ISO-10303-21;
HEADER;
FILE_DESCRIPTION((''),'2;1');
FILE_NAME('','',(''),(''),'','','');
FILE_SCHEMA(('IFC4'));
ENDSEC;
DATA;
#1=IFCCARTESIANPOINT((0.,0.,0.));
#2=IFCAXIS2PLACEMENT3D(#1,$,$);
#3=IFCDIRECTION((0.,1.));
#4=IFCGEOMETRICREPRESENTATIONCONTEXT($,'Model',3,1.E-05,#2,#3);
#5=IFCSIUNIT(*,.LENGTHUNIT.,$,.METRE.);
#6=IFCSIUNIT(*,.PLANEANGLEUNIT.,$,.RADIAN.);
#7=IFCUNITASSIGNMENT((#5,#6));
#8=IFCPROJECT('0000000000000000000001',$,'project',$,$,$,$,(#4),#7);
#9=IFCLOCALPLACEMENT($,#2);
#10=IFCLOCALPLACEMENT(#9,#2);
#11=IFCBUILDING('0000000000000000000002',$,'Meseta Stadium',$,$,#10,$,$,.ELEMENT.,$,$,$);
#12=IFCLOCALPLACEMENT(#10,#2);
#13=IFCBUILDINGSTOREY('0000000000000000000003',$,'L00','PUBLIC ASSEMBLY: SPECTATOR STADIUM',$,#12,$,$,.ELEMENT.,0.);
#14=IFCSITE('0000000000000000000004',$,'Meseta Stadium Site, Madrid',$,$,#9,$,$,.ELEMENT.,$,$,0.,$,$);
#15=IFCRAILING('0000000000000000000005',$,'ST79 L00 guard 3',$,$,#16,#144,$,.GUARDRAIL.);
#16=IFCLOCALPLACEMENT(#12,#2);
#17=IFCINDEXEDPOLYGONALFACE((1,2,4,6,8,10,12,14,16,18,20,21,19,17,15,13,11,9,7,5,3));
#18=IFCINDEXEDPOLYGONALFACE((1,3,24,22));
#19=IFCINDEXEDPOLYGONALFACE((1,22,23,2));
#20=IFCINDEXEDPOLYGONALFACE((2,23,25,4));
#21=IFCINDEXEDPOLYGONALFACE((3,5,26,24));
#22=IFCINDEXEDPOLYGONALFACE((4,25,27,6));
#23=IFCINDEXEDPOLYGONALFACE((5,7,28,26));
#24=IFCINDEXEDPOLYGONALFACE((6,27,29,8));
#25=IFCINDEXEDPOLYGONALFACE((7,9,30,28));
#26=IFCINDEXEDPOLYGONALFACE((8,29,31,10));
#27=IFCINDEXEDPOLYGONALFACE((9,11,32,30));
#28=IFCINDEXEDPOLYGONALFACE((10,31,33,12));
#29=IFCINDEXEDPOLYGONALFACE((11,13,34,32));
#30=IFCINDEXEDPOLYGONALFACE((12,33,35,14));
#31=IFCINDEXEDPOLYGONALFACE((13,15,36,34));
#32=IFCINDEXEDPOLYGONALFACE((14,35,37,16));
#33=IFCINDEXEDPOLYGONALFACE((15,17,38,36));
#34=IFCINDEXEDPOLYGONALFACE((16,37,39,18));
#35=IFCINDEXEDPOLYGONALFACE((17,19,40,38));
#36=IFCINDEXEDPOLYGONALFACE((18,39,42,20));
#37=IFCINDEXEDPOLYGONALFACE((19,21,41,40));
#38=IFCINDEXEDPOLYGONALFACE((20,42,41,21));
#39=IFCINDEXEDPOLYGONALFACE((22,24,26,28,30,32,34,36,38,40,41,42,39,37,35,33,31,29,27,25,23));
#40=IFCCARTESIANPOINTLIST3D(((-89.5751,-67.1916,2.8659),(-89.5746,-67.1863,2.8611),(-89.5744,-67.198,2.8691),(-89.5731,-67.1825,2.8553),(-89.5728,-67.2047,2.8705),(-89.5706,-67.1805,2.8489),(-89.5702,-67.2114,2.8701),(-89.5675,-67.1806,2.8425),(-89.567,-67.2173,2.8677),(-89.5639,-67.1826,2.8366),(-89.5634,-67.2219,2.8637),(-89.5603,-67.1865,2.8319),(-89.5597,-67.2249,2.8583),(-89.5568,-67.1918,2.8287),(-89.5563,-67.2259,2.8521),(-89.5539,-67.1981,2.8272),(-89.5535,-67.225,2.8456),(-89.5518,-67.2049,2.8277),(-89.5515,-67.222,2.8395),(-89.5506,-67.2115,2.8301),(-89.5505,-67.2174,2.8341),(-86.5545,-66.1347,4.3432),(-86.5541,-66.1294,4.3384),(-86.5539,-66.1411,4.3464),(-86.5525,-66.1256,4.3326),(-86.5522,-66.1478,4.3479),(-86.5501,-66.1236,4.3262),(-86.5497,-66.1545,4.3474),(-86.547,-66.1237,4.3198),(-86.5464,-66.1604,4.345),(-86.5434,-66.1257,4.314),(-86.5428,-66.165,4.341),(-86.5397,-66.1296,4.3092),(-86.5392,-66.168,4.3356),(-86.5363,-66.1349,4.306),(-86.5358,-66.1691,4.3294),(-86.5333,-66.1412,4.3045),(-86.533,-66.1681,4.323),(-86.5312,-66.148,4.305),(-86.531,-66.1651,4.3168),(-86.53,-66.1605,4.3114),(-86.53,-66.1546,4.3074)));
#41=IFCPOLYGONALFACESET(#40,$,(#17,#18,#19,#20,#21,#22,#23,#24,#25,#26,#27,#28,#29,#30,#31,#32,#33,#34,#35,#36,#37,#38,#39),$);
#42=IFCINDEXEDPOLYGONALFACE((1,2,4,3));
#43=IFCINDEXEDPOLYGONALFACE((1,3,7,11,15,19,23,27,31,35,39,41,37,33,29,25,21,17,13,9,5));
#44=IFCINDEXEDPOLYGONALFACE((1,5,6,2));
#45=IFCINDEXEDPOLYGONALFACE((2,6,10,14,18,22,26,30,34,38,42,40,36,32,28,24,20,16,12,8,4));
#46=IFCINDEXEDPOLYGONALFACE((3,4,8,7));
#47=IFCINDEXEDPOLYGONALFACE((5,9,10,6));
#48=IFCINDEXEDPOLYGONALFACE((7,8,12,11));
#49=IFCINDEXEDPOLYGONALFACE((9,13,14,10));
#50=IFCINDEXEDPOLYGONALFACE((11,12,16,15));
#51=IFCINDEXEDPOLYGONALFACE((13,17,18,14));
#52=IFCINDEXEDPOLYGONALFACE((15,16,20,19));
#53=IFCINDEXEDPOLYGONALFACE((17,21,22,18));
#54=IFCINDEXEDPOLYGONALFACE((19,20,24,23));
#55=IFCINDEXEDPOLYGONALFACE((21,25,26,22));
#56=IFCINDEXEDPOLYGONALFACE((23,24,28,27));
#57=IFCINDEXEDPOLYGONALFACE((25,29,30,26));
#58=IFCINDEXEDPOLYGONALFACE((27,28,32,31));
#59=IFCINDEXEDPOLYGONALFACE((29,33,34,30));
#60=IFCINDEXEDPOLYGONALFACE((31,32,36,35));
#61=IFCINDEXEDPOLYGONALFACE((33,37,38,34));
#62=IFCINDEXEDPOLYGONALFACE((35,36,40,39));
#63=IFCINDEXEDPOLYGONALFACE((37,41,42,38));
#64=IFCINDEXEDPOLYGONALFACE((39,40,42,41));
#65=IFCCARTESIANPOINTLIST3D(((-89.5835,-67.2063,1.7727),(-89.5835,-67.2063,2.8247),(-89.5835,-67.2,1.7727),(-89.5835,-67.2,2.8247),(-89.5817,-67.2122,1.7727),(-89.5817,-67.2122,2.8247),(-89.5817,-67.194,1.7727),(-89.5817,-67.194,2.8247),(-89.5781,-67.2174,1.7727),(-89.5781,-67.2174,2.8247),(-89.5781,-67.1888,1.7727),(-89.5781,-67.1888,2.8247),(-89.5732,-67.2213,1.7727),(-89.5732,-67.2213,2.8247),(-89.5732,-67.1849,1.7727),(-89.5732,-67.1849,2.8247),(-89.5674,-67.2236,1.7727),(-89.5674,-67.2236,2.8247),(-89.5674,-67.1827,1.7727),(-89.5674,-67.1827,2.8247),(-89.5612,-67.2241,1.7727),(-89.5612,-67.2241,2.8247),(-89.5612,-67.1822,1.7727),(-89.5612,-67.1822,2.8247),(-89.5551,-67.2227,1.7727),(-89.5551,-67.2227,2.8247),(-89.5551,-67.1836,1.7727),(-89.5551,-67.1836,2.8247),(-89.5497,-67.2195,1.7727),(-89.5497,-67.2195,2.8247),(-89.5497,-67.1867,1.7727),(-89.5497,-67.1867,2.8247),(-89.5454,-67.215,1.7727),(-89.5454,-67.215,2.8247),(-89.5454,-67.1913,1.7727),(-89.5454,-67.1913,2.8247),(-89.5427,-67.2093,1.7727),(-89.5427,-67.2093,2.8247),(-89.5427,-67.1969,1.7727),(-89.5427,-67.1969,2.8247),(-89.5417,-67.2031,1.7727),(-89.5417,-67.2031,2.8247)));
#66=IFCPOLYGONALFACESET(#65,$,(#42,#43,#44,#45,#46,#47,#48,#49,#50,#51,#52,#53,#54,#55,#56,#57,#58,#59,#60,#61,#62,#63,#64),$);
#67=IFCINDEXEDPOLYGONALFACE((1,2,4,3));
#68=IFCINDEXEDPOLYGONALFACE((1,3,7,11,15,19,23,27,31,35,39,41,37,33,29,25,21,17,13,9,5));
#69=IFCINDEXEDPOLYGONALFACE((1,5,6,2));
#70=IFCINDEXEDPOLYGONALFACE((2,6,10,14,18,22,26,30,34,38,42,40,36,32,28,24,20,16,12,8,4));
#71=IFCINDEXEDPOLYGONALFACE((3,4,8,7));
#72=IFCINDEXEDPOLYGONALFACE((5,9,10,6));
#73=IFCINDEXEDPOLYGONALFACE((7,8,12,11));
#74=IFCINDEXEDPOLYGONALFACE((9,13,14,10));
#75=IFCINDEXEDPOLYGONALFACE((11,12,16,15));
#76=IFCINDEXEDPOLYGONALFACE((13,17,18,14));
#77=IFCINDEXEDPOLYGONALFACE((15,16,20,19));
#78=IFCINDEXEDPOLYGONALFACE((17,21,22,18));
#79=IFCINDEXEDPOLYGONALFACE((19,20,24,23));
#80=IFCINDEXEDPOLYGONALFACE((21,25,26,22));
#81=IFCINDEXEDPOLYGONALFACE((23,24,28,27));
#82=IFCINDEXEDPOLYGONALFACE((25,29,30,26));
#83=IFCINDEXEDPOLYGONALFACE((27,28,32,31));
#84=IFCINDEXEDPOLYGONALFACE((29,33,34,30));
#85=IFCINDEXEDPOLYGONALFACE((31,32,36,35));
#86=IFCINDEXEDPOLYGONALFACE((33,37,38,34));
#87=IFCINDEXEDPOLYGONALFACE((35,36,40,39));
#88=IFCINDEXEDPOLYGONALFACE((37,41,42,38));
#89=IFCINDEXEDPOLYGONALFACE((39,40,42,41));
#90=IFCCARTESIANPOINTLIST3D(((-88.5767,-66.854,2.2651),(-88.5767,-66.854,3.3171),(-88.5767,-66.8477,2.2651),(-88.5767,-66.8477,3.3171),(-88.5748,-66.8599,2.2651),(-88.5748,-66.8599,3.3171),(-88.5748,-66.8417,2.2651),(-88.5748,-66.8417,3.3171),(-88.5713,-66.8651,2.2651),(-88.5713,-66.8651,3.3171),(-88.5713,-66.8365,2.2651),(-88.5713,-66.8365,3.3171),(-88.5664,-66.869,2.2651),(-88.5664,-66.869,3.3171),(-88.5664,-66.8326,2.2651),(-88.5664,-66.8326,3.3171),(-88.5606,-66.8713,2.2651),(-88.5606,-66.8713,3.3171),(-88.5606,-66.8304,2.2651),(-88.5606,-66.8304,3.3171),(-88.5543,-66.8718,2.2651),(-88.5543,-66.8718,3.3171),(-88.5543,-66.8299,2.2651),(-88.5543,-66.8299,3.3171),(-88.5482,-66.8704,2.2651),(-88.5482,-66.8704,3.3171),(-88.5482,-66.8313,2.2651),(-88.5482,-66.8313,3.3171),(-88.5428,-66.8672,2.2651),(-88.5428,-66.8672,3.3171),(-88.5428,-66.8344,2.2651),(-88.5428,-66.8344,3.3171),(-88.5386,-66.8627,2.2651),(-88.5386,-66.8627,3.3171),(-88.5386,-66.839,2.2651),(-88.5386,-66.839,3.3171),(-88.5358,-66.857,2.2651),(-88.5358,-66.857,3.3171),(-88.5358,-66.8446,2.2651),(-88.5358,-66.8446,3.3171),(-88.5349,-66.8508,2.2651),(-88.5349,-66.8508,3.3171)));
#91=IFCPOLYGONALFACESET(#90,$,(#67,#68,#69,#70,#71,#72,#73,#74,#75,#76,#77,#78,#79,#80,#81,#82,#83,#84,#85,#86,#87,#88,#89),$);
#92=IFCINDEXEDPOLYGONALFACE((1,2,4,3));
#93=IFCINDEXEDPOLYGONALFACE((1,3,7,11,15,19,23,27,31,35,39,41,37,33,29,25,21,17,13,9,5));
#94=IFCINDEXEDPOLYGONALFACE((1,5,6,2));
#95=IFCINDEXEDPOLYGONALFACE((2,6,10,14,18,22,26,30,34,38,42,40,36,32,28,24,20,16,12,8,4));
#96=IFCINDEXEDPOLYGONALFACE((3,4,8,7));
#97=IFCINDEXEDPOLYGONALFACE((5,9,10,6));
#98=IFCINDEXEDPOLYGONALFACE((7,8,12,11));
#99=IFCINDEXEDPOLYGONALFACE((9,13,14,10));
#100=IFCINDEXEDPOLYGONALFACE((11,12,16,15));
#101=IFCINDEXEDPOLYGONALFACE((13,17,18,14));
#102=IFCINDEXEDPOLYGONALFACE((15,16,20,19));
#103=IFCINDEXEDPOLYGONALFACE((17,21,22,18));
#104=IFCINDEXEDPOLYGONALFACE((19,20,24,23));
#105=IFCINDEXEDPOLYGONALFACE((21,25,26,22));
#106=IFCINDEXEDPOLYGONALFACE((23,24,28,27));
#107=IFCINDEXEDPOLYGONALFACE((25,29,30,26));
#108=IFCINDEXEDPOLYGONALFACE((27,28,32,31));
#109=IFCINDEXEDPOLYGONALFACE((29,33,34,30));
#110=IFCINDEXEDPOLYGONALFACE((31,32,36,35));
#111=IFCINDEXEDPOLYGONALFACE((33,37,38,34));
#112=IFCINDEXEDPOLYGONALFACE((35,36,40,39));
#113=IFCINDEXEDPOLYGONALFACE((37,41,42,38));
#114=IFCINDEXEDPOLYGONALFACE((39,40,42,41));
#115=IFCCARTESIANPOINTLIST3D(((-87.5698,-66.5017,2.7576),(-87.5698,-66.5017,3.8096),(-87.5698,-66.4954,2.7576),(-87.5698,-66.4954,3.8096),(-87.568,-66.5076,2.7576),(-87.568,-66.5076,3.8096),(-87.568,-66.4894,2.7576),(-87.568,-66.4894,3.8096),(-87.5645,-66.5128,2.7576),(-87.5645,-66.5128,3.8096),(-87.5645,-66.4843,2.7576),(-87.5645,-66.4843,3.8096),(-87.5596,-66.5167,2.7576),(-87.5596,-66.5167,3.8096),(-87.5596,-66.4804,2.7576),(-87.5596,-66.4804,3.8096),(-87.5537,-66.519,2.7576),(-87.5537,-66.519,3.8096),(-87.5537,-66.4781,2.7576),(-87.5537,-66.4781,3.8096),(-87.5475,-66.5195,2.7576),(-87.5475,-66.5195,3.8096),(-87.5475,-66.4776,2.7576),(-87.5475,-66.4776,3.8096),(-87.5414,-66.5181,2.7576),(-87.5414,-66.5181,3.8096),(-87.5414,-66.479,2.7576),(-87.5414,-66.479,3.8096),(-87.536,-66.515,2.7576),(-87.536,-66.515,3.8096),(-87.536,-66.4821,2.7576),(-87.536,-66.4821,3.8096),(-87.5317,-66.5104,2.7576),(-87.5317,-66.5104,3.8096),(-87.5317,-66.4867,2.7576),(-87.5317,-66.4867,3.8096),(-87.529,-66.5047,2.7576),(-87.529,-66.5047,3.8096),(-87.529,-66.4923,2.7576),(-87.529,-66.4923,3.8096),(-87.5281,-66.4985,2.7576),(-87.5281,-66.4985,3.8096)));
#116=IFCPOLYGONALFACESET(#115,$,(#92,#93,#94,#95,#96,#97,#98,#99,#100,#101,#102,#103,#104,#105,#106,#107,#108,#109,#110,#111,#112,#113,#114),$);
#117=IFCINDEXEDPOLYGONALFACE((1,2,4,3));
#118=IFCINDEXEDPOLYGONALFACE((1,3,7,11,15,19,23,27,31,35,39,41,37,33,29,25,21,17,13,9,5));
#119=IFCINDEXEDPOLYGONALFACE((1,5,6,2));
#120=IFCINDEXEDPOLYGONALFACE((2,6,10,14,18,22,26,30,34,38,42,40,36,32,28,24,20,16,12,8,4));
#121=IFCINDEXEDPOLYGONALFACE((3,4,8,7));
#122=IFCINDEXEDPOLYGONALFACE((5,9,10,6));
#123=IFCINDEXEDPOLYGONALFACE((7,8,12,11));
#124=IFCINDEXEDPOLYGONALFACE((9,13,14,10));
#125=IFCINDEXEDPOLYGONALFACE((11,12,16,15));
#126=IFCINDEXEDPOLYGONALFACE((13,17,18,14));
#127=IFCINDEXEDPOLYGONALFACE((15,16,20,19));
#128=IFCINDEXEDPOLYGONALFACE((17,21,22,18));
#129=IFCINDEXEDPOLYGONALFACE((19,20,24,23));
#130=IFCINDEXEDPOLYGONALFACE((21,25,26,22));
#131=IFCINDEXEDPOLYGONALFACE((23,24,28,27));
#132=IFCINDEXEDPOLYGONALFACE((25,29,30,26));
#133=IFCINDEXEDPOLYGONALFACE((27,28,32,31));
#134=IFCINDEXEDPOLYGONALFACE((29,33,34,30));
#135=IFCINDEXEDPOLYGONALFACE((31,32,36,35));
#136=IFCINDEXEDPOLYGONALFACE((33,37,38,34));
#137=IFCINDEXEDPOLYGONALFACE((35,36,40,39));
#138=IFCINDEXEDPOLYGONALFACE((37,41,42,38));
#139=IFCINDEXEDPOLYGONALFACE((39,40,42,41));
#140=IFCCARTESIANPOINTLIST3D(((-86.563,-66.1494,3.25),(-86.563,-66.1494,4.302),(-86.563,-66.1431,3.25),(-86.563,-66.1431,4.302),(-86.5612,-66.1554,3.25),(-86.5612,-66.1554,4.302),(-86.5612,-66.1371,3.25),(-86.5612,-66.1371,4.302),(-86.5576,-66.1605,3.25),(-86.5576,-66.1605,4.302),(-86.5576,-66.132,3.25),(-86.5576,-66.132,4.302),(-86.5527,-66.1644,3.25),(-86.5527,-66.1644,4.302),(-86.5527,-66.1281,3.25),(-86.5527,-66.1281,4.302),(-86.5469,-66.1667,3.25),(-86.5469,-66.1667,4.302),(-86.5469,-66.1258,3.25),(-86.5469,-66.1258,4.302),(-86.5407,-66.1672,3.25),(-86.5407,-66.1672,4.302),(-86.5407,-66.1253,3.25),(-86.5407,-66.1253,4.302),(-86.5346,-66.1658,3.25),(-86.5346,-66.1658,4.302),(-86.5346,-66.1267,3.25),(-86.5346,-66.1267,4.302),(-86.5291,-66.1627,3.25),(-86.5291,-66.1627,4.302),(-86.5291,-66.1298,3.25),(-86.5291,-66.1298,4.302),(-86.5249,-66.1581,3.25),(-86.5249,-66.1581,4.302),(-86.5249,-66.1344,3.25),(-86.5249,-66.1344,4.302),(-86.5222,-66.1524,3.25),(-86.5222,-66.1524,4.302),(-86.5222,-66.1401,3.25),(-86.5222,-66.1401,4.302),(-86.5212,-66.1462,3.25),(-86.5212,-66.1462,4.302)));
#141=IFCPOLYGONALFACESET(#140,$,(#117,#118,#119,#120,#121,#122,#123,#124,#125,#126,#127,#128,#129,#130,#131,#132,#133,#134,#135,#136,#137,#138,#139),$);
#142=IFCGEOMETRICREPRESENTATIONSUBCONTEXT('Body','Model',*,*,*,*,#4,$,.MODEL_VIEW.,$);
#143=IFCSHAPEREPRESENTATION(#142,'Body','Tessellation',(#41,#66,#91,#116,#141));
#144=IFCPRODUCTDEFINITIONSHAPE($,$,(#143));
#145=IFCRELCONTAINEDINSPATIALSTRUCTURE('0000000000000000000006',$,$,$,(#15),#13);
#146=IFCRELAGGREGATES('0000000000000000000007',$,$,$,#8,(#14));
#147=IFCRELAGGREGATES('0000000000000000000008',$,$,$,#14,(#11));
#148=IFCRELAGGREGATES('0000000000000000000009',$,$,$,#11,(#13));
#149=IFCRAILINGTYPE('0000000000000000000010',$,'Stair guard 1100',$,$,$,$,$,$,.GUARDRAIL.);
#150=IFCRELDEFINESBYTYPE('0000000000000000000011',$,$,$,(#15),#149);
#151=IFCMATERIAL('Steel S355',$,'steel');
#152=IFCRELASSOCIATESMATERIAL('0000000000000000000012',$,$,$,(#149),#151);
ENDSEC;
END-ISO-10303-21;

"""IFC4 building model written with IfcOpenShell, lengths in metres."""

from ifc_helpers import new_model, si_unit, direction, frame, origin, origin_2d, place, context, subcontext, project, spatial, circle, extrude, material, type_object, element, save


model = new_model("IFC4")

# Units and contexts
model_context = context("Model", 3, precision=1e-05, world=origin(), true_north=direction((0.0, 1.0)))
body_context = subcontext(model_context, "Body", "Model", "MODEL_VIEW")
ifc_project = project(units=[si_unit("LENGTHUNIT", "METRE"), si_unit("PLANEANGLEUNIT", "RADIAN")], contexts=[model_context])

# Site, building, storey
site_placement = place(None, origin())
site = spatial("IfcSite", under=ifc_project, at=site_placement, Name="Meseta Stadium Site, Madrid", CompositionType="ELEMENT", RefElevation=0.0)
building_placement = place(site_placement, origin())
building = spatial("IfcBuilding", under=site, at=building_placement, Name="Meseta Stadium", CompositionType="ELEMENT")
storey_placement = place(building_placement, origin())
storey = spatial("IfcBuildingStorey", under=building, at=storey_placement, Name="L00", Description="PUBLIC ASSEMBLY: SPECTATOR STADIUM", CompositionType="ELEMENT", Elevation=0.0)

# Railing
ifc_material_1 = material(Name="Steel S355", Category="steel")
railing_type_1 = type_object("IfcRailingType", Name="Stair guard 1100", PredefinedType="GUARDRAIL", material=ifc_material_1)
railing_1_placement = place(storey_placement, frame((-89.5627, -67.2031, 1.7727)))
element("IfcRailing", 1, at=railing_1_placement, inside=storey, type_object=railing_type_1, Name="ST79 L00 guard 3", PredefinedType="GUARDRAIL", context=body_context, shape_type="SweptSolid", body=[
    extrude(circle(Radius=0.0239, at=origin_2d()), frame((0.0, 0.0, 1.0762), z_axis=(0.856977, 0.299859, 0.419137), x_axis=(-0.330269, 0.943887, 0.0)), (0.0, 0.0, 1.0), 3.5247),
    extrude(circle(Radius=0.021, at=origin_2d()), origin(), (0.0, 0.0, 1.0), 1.052),
    extrude(circle(Radius=0.021, at=origin_2d()), frame((1.0068, 0.3523, 0.4924)), (0.0, 0.0, 1.0), 1.052),
    extrude(circle(Radius=0.021, at=origin_2d()), frame((2.0137, 0.7046, 0.9849)), (0.0, 0.0, 1.0), 1.052),
    extrude(circle(Radius=0.021, at=origin_2d()), frame((3.0205, 1.0569, 1.4773)), (0.0, 0.0, 1.0), 1.052),
])

save(model, "model.ifc")
